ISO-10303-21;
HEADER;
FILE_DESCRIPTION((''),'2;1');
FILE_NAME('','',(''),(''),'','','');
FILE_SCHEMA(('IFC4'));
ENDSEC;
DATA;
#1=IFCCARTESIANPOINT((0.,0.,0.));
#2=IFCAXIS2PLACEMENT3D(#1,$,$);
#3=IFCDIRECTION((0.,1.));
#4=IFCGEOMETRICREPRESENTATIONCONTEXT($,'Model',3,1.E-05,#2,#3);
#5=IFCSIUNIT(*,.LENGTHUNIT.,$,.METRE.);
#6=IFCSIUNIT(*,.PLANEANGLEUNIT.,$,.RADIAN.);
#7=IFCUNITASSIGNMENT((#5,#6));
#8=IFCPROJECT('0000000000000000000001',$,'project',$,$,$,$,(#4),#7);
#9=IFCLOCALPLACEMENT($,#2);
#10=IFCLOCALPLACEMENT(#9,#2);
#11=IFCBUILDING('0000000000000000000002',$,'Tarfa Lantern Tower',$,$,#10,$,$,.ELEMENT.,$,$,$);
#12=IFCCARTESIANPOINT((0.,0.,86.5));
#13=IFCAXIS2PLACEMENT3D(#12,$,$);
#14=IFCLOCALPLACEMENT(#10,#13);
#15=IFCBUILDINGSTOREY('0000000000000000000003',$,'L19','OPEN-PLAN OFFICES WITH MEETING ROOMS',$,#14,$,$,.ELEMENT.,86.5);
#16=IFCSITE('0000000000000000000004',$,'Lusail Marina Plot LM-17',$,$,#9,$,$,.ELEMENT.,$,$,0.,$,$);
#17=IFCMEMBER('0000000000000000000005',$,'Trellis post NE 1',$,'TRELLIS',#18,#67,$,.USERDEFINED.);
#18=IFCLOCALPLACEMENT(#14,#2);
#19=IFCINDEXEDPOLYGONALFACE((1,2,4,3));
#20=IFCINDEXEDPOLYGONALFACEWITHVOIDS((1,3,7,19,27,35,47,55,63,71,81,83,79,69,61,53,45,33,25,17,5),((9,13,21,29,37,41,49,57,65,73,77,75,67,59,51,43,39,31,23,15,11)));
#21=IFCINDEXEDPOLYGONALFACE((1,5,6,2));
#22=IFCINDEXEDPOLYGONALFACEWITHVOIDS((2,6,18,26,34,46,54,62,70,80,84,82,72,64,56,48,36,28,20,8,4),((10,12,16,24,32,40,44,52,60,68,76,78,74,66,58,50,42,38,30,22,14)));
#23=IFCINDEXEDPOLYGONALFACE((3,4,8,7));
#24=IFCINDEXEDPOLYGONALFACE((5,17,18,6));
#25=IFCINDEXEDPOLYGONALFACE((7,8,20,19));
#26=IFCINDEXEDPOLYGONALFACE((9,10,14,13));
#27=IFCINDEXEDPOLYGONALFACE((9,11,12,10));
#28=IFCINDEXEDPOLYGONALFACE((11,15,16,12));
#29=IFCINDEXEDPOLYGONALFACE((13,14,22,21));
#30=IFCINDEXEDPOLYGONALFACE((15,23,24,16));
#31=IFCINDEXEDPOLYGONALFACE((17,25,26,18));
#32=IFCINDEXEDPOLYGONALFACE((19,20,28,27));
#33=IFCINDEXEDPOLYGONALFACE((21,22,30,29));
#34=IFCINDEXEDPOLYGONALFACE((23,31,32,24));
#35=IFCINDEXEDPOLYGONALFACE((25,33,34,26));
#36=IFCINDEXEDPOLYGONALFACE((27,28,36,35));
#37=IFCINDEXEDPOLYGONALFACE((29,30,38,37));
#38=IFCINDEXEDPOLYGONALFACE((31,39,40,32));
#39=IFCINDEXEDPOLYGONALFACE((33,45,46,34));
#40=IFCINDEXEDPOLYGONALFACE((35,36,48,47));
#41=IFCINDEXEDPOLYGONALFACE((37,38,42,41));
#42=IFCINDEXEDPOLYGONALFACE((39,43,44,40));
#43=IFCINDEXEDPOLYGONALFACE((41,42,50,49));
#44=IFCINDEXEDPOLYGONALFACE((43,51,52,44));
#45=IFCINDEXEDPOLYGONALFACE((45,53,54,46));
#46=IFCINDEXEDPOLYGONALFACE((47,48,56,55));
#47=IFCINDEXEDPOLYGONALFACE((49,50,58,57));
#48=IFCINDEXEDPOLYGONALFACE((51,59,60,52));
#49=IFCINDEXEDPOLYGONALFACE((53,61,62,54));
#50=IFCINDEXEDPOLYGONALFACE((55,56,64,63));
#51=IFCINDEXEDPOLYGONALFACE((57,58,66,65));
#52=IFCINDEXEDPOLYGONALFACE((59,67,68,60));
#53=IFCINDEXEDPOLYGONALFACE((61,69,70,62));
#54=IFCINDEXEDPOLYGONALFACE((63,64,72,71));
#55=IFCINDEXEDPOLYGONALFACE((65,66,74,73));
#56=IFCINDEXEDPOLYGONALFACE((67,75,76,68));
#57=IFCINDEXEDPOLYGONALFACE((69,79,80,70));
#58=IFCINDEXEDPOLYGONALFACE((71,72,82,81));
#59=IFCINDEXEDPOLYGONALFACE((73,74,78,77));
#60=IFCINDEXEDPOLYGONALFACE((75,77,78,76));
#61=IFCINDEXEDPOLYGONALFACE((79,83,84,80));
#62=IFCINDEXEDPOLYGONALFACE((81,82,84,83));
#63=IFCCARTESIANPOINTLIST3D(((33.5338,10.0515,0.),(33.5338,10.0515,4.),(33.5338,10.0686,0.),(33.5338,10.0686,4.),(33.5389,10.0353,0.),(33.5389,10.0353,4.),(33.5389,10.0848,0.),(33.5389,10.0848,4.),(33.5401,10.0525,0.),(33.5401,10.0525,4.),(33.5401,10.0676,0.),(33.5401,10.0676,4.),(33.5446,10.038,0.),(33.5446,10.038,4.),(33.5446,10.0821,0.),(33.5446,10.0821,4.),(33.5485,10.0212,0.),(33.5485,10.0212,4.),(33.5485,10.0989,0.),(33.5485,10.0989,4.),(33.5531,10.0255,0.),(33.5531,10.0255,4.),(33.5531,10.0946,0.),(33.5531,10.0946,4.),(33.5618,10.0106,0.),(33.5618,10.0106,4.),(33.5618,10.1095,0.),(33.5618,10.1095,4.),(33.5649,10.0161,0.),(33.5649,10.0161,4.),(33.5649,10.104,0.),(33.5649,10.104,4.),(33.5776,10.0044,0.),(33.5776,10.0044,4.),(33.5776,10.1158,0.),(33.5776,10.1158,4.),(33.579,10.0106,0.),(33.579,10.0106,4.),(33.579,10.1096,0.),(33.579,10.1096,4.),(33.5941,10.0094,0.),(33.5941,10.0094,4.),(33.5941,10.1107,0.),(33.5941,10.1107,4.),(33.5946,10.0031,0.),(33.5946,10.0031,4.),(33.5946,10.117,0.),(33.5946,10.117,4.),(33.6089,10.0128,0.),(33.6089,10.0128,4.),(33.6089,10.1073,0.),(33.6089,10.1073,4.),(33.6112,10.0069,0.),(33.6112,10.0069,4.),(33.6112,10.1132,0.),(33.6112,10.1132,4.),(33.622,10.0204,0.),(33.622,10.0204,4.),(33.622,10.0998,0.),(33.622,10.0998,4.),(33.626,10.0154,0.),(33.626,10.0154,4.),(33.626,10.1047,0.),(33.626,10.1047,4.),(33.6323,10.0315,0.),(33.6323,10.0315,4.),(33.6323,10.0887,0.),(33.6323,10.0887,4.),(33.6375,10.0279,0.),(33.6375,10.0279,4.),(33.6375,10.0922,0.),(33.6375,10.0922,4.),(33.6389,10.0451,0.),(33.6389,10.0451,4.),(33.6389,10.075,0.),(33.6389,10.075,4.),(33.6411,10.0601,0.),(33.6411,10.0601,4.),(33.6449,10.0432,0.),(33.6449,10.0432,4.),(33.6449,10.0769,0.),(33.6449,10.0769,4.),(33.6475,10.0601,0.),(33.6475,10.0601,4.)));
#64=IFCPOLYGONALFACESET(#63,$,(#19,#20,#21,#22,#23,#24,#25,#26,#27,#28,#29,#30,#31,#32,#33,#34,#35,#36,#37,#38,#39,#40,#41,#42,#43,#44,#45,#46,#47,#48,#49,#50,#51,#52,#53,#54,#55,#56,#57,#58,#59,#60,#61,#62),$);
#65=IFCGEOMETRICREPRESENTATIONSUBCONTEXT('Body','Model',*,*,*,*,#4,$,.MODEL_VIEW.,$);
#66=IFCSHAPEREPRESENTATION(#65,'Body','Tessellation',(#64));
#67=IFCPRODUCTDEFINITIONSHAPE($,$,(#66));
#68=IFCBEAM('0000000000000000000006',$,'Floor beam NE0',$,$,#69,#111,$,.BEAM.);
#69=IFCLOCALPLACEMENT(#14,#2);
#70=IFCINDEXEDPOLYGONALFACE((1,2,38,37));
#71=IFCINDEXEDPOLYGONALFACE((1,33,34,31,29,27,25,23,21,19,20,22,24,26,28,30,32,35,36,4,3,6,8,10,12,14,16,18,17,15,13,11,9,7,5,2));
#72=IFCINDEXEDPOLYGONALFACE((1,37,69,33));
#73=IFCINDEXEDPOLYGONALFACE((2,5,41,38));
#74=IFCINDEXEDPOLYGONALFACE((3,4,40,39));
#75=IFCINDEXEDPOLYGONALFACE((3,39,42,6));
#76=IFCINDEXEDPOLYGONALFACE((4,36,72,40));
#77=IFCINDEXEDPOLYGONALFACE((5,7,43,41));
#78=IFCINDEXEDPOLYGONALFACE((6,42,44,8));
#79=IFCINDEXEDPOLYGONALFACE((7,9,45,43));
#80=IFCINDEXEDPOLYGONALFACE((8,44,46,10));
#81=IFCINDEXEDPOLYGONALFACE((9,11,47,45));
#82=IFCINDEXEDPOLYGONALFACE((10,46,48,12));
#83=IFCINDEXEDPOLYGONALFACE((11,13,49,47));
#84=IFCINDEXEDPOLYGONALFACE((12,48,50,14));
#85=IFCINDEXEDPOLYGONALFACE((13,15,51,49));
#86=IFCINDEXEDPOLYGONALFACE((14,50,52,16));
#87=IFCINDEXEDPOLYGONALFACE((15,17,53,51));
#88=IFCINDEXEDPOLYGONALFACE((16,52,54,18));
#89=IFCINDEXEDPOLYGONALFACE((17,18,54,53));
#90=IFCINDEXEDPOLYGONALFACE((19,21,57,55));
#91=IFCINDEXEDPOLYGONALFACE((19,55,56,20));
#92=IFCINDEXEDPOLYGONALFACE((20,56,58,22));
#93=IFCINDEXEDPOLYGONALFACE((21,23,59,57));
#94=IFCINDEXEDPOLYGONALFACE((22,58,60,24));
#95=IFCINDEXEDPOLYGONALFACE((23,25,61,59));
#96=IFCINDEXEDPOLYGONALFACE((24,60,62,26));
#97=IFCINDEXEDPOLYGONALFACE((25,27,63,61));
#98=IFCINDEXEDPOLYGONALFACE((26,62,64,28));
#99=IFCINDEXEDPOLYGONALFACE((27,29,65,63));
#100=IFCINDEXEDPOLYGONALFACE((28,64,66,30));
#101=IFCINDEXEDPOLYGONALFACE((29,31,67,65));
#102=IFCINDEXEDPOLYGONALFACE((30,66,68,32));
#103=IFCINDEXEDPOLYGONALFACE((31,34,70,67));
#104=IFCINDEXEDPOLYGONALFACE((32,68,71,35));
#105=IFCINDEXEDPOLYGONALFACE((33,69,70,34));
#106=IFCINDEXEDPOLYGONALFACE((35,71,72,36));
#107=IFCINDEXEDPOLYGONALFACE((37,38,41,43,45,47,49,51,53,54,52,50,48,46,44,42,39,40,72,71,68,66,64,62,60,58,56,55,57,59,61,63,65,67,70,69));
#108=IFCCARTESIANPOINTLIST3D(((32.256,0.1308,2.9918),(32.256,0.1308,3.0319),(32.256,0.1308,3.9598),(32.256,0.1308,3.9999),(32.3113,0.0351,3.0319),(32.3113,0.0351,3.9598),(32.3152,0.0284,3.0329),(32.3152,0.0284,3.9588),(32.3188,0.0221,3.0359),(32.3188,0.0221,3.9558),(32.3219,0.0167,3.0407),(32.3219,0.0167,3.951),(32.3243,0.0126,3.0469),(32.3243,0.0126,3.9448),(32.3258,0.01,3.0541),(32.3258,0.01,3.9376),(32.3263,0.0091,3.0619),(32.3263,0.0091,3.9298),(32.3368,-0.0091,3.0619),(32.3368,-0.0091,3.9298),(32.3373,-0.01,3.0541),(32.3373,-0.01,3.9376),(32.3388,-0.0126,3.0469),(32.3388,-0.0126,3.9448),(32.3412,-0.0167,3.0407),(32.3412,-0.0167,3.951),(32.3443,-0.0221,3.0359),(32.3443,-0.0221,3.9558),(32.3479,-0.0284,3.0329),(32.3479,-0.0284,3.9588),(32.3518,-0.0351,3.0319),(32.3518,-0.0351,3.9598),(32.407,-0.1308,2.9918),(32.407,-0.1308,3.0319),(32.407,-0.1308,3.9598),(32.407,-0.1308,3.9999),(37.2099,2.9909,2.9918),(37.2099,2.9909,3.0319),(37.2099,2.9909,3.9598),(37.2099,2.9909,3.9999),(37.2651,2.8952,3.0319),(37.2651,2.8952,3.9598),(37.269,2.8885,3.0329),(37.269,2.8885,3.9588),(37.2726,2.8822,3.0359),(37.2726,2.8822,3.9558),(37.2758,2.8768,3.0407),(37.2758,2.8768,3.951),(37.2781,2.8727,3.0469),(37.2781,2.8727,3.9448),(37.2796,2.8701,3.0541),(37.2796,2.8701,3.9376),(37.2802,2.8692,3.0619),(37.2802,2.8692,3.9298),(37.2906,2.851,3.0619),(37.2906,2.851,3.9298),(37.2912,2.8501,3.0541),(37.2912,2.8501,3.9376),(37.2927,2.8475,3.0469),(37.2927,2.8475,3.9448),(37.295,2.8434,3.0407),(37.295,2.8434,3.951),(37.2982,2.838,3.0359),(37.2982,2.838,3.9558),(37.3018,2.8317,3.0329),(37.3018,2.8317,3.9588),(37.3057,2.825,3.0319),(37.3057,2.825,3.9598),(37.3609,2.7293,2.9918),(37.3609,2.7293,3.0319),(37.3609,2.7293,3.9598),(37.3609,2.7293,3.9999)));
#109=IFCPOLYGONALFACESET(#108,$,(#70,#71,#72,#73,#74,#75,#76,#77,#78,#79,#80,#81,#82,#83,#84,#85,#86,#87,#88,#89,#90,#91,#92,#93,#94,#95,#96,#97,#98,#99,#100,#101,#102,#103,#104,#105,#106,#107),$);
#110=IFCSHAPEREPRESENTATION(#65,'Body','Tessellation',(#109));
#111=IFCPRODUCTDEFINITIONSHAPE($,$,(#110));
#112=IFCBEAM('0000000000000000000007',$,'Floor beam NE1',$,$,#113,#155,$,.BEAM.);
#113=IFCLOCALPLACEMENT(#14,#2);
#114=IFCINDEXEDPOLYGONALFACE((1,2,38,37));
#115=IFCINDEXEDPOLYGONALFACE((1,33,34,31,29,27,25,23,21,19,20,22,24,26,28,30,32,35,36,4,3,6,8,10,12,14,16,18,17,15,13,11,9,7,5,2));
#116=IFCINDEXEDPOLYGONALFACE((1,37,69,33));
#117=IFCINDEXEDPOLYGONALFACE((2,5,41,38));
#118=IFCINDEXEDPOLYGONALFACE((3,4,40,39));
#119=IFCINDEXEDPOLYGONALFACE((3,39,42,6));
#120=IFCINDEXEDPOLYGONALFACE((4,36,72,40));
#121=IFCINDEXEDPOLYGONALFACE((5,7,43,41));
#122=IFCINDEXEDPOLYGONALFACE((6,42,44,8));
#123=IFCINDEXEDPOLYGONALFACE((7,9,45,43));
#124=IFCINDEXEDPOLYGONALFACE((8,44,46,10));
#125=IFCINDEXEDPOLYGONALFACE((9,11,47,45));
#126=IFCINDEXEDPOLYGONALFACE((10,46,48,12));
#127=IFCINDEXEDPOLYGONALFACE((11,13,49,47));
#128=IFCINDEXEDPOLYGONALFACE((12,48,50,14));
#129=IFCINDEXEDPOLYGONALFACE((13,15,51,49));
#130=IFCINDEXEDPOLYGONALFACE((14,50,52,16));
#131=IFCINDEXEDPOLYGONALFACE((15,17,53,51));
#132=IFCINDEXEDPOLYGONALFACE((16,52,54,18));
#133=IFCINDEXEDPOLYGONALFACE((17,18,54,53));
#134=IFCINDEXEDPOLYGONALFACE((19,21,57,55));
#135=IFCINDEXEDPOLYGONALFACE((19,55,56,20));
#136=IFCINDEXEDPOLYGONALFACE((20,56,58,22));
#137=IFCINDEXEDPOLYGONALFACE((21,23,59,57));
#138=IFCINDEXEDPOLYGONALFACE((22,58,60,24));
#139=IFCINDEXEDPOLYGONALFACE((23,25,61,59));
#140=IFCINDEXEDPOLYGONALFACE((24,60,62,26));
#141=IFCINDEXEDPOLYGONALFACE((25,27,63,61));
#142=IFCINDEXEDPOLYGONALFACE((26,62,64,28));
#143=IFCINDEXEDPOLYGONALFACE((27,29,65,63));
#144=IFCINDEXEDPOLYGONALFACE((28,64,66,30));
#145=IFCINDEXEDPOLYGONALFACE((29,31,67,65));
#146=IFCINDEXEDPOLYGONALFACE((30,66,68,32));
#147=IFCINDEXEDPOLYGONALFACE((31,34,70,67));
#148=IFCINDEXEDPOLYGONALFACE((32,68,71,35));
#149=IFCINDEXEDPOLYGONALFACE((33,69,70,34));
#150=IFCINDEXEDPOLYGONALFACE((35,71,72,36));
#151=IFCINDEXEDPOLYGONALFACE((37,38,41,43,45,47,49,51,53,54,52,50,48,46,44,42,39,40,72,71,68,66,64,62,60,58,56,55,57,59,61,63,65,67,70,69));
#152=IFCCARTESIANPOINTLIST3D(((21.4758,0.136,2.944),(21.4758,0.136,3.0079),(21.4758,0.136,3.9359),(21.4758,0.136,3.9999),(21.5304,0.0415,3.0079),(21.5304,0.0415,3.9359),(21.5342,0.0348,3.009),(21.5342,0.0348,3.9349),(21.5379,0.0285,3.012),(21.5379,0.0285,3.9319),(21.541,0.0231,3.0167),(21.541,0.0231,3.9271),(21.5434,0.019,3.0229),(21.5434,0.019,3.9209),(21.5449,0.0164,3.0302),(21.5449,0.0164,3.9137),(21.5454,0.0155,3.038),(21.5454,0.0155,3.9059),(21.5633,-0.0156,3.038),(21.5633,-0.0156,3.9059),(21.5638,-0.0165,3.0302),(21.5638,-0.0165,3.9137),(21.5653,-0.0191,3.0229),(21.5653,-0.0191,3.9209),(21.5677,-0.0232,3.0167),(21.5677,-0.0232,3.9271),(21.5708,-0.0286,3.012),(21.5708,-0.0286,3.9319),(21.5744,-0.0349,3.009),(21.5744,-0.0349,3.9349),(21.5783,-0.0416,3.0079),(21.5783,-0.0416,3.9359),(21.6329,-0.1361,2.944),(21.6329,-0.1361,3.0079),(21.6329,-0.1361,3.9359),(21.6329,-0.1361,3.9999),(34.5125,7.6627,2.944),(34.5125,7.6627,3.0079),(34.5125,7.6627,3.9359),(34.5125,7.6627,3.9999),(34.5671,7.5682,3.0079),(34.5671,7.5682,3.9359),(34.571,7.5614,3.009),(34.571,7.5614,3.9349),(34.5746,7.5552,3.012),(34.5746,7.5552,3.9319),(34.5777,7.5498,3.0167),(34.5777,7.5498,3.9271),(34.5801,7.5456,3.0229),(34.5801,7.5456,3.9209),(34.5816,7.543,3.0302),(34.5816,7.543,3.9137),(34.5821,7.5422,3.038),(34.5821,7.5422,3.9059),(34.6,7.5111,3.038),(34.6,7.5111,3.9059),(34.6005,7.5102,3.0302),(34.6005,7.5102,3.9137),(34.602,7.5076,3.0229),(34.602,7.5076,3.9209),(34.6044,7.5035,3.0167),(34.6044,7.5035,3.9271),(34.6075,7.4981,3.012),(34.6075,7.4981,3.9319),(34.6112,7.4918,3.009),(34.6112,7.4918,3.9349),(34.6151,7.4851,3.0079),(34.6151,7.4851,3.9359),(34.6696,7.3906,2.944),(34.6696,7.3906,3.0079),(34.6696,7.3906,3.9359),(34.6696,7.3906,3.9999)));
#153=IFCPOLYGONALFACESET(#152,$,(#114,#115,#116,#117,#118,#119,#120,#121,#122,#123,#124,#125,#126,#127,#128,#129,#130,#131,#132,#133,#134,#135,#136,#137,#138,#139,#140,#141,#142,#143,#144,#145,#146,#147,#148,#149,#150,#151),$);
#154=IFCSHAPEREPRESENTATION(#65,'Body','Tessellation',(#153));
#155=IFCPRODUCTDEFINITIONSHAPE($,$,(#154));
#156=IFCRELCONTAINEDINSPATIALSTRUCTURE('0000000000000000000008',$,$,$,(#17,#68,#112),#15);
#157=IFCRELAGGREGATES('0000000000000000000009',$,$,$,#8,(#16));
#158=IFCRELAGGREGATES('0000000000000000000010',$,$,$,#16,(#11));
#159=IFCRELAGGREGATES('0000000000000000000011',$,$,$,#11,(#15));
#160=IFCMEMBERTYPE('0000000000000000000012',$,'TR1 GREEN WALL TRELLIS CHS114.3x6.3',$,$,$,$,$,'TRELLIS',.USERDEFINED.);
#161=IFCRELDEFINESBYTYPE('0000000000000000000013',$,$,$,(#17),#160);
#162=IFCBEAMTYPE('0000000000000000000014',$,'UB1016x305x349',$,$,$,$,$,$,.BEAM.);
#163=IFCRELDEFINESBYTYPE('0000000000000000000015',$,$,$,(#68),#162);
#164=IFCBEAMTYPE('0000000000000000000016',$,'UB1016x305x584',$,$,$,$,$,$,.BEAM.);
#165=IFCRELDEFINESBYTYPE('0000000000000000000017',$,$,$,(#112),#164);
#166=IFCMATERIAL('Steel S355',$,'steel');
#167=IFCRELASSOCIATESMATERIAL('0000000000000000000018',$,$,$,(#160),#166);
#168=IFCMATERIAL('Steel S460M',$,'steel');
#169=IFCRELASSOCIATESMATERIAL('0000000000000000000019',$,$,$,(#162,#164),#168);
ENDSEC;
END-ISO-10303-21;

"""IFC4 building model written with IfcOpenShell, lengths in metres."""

from ifc_helpers import new_model, si_unit, direction, frame, origin, origin_2d, place, context, subcontext, project, spatial, hollow_circle, i_section, extrude, material, material_profile, profile_set, type_object, element, save


model = new_model("IFC4")

# Units and contexts
model_context = context("Model", 3, precision=1e-05, world=origin(), true_north=direction((0.0, 1.0)))
body_context = subcontext(model_context, "Body", "Model", "MODEL_VIEW")
ifc_project = project(units=[si_unit("LENGTHUNIT", "METRE"), si_unit("PLANEANGLEUNIT", "RADIAN")], contexts=[model_context])

# Site, building, storey
site_placement = place(None, origin())
site = spatial("IfcSite", under=ifc_project, at=site_placement, Name="Lusail Marina Plot LM-17", CompositionType="ELEMENT", RefElevation=0.0)
building_placement = place(site_placement, origin())
building = spatial("IfcBuilding", under=site, at=building_placement, Name="Tarfa Lantern Tower", CompositionType="ELEMENT")
storey_placement = place(building_placement, frame((0.0, 0.0, 86.5)))
storey = spatial("IfcBuildingStorey", under=building, at=storey_placement, Name="L19", Description="OPEN-PLAN OFFICES WITH MEETING ROOMS", CompositionType="ELEMENT", Elevation=86.5)

# Member
ifc_material_1 = material(Name="Steel S355", Category="steel")
ifc_material_profile_1 = material_profile(ifc_material_1, hollow_circle(Radius=0.0571, WallThickness=0.0063, at=origin_2d()), Name="CHS114.3x6.3")
ifc_profile_set_1 = profile_set([ifc_material_profile_1], Name="Steel S355")
member_type_1 = type_object("IfcMemberType", Name="TR1 GREEN WALL TRELLIS CHS114.3x6.3", ElementType="TRELLIS", PredefinedType="USERDEFINED", material=ifc_profile_set_1)
member_1_placement = place(storey_placement, frame((33.5903, 10.0601, 0.0), z_axis=(0.0, 0.0, 1.0), x_axis=(1.0, 0.0, 0.0)))
element("IfcMember", 1, at=member_1_placement, inside=storey, type_object=member_type_1, Name="Trellis post NE 1", ObjectType="TRELLIS", PredefinedType="USERDEFINED", context=body_context, shape_type="SweptSolid", body=[
    extrude(hollow_circle(Radius=0.0571, WallThickness=0.0063, at=origin_2d()), origin(), (0.0, 0.0, 1.0), 4.0),
])

# Beams
ifc_material_2 = material(Name="Steel S460M", Category="steel")
ifc_material_profile_2 = material_profile(ifc_material_2, i_section(OverallWidth=0.302, OverallDepth=1.0081, WebThickness=0.021, FlangeThickness=0.04, FilletRadius=0.03, at=origin_2d()), Name="UB1016x305x349")
ifc_profile_set_2 = profile_set([ifc_material_profile_2], Name="Steel S460M")
beam_type_1 = type_object("IfcBeamType", Name="UB1016x305x349", PredefinedType="BEAM", material=ifc_profile_set_2)
beam_1_placement = place(storey_placement, frame((37.2854, 2.8601, 3.4958), z_axis=(-0.866026, -0.5, 0.0), x_axis=(0.5, -0.866026, 0.0)))
element("IfcBeam", 2, at=beam_1_placement, inside=storey, type_object=beam_type_1, Name="Floor beam NE0", PredefinedType="BEAM", context=body_context, shape_type="SweptSolid", body=[
    extrude(i_section(OverallWidth=0.302, OverallDepth=1.0081, WebThickness=0.021, FlangeThickness=0.04, FilletRadius=0.03, at=origin_2d()), origin(), (0.0, 0.0, 1.0), 5.7202),
])
ifc_material_profile_3 = material_profile(ifc_material_2, i_section(OverallWidth=0.3142, OverallDepth=1.0559, WebThickness=0.0359, FlangeThickness=0.064, FilletRadius=0.03, at=origin_2d()), Name="UB1016x305x584")
ifc_profile_set_3 = profile_set([ifc_material_profile_3], Name="Steel S460M")
beam_type_2 = type_object("IfcBeamType", Name="UB1016x305x584", PredefinedType="BEAM", material=ifc_profile_set_3)
beam_2_placement = place(storey_placement, frame((34.5911, 7.5266, 3.4719), z_axis=(-0.866028, -0.499996, 0.0), x_axis=(0.499996, -0.866028, 0.0)))
element("IfcBeam", 3, at=beam_2_placement, inside=storey, type_object=beam_type_2, Name="Floor beam NE1", PredefinedType="BEAM", context=body_context, shape_type="SweptSolid", body=[
    extrude(i_section(OverallWidth=0.3142, OverallDepth=1.0559, WebThickness=0.0359, FlangeThickness=0.064, FilletRadius=0.03, at=origin_2d()), origin(), (0.0, 0.0, 1.0), 15.0535),
])

save(model, "model.ifc")
